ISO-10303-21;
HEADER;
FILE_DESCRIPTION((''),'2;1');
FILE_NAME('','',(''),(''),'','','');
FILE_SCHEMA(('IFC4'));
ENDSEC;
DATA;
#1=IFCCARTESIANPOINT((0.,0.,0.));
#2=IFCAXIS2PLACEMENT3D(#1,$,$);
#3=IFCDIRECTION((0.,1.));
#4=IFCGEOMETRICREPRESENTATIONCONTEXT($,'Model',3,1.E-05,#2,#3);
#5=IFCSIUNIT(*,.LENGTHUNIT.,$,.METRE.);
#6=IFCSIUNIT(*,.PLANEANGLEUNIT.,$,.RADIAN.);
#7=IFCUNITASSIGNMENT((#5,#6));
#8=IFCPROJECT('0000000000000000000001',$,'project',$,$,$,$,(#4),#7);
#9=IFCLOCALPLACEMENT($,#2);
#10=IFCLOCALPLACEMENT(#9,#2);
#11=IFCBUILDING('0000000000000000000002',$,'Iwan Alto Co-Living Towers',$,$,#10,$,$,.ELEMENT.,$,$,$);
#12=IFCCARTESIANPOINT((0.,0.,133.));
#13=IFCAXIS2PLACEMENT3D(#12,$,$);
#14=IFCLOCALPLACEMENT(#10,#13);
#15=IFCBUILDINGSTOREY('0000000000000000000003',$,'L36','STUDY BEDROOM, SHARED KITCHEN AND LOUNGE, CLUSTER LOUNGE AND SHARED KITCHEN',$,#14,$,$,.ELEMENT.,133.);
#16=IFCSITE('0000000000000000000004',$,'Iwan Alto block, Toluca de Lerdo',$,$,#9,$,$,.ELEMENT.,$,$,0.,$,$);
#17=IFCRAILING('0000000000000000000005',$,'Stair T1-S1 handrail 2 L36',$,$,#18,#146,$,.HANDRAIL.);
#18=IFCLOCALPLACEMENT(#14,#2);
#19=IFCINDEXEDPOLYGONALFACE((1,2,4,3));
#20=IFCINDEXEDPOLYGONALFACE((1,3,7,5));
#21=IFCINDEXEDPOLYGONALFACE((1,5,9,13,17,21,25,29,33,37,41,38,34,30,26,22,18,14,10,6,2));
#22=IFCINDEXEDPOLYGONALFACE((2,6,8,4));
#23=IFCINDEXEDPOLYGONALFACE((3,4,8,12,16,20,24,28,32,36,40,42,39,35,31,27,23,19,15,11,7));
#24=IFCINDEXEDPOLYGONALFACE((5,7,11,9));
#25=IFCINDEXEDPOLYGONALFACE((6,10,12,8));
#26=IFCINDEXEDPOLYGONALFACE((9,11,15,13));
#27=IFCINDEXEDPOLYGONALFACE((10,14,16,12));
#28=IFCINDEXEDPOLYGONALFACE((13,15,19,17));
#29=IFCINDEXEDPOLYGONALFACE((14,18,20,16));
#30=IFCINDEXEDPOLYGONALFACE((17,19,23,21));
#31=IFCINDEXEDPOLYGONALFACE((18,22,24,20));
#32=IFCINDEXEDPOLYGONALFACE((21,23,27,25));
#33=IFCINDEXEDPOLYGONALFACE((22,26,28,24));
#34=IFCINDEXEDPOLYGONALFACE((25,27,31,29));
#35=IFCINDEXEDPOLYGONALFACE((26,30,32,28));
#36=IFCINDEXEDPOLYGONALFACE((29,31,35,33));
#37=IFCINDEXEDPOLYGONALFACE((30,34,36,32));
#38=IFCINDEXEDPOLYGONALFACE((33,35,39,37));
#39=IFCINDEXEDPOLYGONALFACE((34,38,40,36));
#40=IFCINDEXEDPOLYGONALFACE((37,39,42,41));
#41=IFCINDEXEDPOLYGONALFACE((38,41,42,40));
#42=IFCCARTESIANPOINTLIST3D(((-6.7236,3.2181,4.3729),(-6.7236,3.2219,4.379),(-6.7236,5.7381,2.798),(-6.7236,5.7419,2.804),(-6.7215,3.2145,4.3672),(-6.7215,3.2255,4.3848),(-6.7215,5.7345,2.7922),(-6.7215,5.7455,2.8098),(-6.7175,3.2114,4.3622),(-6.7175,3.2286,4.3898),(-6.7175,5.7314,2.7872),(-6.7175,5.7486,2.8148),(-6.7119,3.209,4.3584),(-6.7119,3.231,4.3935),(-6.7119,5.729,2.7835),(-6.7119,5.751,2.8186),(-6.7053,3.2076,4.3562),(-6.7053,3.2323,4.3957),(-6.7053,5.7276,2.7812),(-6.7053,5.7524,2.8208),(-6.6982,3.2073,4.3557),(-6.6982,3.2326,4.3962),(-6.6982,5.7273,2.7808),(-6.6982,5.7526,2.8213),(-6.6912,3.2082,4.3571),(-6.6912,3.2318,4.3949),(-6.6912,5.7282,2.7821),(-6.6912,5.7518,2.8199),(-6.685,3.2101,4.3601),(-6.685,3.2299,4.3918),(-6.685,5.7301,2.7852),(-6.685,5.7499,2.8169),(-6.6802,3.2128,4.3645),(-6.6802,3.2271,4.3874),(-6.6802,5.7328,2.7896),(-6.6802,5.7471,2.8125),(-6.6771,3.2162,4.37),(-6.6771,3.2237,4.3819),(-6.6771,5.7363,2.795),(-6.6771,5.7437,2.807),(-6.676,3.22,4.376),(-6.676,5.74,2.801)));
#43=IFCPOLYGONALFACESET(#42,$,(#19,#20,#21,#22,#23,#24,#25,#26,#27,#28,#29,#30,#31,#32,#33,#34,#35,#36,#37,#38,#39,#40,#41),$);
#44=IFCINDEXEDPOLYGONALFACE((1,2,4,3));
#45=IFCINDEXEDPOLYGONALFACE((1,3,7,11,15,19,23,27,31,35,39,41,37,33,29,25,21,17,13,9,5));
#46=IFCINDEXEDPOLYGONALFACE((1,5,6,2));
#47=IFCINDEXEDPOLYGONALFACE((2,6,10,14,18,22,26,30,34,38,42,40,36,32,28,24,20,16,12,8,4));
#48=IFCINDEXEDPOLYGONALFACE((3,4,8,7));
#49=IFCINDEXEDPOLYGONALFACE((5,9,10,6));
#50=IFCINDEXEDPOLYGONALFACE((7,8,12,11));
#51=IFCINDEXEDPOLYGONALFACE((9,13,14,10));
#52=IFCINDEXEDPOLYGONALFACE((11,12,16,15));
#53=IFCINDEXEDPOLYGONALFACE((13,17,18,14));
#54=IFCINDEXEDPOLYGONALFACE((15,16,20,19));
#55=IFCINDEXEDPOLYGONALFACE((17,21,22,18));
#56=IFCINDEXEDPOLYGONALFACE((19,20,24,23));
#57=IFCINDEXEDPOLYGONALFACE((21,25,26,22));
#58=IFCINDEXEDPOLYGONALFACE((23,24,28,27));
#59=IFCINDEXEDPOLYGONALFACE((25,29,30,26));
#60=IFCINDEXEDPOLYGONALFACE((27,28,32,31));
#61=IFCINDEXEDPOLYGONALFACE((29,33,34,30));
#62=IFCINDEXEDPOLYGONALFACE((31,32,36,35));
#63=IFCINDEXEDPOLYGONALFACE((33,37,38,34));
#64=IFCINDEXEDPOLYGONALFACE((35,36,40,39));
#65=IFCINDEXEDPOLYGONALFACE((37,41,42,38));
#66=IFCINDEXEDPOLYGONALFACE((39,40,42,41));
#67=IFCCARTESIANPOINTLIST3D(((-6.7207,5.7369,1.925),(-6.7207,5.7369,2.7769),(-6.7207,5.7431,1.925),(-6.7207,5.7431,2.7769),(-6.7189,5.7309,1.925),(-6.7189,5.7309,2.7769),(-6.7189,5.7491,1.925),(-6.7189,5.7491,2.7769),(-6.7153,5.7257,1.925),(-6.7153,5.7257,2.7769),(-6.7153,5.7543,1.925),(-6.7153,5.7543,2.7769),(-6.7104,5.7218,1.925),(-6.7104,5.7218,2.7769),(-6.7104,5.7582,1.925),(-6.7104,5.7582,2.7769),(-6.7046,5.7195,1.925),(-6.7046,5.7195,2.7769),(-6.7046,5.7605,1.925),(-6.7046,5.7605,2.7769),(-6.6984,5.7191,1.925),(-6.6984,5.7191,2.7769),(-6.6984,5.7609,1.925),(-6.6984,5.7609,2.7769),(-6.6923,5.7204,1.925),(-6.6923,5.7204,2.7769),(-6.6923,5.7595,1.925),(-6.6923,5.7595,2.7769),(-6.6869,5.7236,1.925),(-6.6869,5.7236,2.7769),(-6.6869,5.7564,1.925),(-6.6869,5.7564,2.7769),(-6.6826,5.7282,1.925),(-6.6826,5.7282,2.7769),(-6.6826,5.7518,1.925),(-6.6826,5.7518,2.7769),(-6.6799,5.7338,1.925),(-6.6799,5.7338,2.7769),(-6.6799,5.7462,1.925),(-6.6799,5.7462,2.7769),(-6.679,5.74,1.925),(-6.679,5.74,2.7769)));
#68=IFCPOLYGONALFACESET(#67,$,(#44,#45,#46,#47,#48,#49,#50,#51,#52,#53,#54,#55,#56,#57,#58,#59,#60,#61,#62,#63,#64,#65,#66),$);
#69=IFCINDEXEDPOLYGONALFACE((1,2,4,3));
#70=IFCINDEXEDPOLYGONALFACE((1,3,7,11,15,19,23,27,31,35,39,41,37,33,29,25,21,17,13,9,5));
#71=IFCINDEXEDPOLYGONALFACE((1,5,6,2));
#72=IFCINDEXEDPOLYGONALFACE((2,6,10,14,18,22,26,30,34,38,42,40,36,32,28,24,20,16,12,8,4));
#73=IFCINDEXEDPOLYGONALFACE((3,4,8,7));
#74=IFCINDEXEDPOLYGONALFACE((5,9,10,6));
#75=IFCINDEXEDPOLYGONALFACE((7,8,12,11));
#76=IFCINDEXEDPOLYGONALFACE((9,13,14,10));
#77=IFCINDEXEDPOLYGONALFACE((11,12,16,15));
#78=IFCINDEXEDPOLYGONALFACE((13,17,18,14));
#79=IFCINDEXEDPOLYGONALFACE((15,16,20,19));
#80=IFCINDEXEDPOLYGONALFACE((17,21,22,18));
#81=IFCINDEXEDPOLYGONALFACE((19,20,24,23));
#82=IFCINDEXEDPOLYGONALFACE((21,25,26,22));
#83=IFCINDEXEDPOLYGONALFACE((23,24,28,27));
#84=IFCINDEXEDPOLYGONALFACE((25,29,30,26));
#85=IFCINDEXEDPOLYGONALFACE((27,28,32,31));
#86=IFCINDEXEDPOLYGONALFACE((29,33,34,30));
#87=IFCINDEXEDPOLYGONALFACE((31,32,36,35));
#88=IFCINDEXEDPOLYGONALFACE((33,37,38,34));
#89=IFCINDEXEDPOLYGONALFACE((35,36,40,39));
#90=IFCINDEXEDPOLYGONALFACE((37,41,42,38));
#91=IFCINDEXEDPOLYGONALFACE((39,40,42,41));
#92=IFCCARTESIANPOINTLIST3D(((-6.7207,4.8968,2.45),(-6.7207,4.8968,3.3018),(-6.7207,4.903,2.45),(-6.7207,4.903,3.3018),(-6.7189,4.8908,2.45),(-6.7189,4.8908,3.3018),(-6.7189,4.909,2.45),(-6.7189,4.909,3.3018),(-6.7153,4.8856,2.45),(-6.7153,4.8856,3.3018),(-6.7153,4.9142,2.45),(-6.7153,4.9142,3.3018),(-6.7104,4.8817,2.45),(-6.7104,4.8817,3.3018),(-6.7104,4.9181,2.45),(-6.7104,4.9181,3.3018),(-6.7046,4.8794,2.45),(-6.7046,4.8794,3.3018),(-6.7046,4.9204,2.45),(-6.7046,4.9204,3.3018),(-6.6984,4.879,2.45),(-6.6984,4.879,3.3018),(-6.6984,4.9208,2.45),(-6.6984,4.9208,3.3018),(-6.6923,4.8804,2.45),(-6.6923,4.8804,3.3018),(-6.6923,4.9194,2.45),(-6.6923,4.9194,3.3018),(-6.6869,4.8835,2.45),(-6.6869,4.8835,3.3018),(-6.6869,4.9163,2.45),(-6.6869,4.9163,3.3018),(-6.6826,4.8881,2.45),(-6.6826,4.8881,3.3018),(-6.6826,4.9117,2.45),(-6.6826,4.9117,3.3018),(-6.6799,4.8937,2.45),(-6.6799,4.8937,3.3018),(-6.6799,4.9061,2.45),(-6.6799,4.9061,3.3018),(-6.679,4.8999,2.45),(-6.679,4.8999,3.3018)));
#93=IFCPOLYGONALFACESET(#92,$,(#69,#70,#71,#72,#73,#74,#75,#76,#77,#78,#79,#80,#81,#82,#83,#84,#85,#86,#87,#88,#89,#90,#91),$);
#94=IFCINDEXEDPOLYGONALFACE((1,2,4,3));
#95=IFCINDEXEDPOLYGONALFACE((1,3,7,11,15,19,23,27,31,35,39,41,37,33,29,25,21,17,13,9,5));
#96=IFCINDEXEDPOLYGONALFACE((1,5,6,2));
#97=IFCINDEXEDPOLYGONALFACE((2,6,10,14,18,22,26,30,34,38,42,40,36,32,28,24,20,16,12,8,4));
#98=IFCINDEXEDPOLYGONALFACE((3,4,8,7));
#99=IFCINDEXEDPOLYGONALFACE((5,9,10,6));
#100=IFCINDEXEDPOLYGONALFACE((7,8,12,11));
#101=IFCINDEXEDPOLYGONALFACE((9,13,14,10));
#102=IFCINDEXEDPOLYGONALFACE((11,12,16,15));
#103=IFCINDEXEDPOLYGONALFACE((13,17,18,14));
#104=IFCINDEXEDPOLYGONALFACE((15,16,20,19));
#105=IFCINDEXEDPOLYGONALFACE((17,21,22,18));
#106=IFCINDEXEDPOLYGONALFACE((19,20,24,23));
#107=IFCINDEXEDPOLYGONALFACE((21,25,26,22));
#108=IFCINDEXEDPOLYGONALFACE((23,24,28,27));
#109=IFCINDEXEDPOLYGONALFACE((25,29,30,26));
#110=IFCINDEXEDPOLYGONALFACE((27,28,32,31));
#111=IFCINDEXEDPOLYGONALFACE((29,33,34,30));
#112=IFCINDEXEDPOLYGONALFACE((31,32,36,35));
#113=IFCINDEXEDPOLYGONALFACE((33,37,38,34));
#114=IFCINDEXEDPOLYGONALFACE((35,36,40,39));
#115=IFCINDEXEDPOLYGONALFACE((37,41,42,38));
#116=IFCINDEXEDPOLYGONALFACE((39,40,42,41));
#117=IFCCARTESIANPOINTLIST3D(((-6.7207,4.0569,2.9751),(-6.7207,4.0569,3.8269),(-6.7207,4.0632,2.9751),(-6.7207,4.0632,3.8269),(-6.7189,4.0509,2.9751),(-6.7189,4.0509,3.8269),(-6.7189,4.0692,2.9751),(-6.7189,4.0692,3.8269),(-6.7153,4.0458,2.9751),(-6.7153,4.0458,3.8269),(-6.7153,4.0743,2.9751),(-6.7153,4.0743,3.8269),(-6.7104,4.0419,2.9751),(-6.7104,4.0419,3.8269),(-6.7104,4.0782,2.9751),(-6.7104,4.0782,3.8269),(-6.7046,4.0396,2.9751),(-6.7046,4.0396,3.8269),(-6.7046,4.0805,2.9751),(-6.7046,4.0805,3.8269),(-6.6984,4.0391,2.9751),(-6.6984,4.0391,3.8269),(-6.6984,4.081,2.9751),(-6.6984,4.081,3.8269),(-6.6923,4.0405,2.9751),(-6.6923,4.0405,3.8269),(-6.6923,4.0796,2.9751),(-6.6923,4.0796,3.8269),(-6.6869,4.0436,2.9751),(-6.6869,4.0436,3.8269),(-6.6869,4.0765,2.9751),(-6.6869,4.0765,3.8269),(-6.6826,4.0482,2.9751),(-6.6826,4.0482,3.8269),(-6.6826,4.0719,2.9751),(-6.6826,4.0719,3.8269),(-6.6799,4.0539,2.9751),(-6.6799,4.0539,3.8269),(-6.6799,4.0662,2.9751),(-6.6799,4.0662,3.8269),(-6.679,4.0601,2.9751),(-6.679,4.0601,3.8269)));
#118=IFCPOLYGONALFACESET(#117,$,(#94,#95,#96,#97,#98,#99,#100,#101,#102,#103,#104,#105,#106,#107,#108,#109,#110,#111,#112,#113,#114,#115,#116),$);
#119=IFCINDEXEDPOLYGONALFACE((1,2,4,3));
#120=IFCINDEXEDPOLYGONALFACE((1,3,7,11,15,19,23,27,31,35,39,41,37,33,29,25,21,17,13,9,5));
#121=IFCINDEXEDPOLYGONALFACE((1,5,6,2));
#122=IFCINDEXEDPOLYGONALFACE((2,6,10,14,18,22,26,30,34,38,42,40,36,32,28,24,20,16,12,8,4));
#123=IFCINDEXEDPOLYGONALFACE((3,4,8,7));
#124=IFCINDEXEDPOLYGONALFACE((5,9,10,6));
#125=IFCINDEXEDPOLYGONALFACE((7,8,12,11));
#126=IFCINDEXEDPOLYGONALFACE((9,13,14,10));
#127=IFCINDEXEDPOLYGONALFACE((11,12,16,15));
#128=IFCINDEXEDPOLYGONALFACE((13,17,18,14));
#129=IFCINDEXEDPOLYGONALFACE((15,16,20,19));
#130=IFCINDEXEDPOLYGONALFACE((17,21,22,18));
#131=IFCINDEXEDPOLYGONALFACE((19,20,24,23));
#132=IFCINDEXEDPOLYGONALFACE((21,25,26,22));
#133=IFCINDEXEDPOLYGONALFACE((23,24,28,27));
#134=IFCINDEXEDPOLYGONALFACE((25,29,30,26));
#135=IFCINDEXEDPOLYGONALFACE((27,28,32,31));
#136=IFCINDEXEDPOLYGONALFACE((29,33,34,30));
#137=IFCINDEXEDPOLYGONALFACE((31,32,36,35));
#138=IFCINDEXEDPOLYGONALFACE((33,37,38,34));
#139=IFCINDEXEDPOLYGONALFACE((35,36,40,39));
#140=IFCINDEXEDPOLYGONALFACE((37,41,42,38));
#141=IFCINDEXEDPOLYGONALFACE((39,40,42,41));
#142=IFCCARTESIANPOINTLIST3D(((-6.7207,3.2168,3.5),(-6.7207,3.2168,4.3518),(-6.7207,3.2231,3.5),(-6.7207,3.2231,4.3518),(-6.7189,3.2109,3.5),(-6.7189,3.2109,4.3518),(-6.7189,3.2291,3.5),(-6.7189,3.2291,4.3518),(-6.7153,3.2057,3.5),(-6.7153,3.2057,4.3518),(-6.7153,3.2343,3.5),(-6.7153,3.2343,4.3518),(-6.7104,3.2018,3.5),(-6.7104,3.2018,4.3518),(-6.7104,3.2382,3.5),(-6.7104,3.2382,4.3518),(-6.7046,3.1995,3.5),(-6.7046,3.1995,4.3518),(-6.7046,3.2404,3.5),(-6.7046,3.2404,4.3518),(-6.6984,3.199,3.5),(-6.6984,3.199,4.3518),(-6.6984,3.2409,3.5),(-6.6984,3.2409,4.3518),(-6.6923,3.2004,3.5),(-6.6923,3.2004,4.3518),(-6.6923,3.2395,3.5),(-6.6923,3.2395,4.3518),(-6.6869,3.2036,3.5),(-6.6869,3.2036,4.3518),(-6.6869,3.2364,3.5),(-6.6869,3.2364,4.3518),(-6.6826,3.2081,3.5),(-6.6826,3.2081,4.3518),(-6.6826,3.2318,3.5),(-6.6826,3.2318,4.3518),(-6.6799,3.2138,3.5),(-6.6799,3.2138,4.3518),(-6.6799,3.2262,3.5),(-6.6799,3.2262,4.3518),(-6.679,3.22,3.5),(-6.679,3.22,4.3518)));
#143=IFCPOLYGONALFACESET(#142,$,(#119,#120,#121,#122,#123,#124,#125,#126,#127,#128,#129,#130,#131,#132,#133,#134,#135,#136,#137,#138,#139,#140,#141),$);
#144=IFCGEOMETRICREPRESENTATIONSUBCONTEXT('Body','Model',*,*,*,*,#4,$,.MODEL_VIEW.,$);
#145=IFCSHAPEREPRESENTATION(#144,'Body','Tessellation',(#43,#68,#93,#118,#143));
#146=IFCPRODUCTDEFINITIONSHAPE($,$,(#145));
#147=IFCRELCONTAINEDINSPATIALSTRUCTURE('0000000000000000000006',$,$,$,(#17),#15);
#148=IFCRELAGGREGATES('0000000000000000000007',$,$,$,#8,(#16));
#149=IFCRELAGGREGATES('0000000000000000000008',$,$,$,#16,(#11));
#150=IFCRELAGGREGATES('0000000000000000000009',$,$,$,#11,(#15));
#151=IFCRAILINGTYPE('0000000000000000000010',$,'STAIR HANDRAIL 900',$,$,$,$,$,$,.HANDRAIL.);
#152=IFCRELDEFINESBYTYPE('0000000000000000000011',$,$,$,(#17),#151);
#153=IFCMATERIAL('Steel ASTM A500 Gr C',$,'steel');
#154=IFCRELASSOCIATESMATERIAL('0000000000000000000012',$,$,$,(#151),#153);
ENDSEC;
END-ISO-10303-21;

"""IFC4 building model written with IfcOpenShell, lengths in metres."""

from ifc_helpers import new_model, si_unit, direction, frame, origin, origin_2d, place, context, subcontext, project, spatial, circle, extrude, material, type_object, element, save


model = new_model("IFC4")

# Units and contexts
model_context = context("Model", 3, precision=1e-05, world=origin(), true_north=direction((0.0, 1.0)))
body_context = subcontext(model_context, "Body", "Model", "MODEL_VIEW")
ifc_project = project(units=[si_unit("LENGTHUNIT", "METRE"), si_unit("PLANEANGLEUNIT", "RADIAN")], contexts=[model_context])

# Site, building, storey
site_placement = place(None, origin())
site = spatial("IfcSite", under=ifc_project, at=site_placement, Name="Iwan Alto block, Toluca de Lerdo", CompositionType="ELEMENT", RefElevation=0.0)
building_placement = place(site_placement, origin())
building = spatial("IfcBuilding", under=site, at=building_placement, Name="Iwan Alto Co-Living Towers", CompositionType="ELEMENT")
storey_placement = place(building_placement, frame((0.0, 0.0, 133.0)))
storey = spatial("IfcBuildingStorey", under=building, at=storey_placement, Name="L36", Description="STUDY BEDROOM, SHARED KITCHEN AND LOUNGE, CLUSTER LOUNGE AND SHARED KITCHEN", CompositionType="ELEMENT", Elevation=133.0)

# Railing
ifc_material_1 = material(Name="Steel ASTM A500 Gr C", Category="steel")
railing_type_1 = type_object("IfcRailingType", Name="STAIR HANDRAIL 900", PredefinedType="HANDRAIL", material=ifc_material_1)
railing_1_placement = place(storey_placement, frame((-6.7, 5.74, 1.925)))
element("IfcRailing", 1, at=railing_1_placement, inside=storey, type_object=railing_type_1, Name="Stair T1-S1 handrail 2 L36", PredefinedType="HANDRAIL", context=body_context, shape_type="SweptSolid", body=[
    extrude(circle(Radius=0.0239, at=origin_2d()), frame((0.0, 0.0, 0.876), z_axis=(0.0, -0.848008, 0.529984), x_axis=(1.0, 0.0, 0.0)), (0.0, 0.0, 1.0), 2.9717),
    extrude(circle(Radius=0.021, at=origin_2d()), origin(), (0.0, 0.0, 1.0), 0.8518),
    extrude(circle(Radius=0.021, at=origin_2d()), frame((0.0, -0.8401, 0.5249)), (0.0, 0.0, 1.0), 0.8518),
    extrude(circle(Radius=0.021, at=origin_2d()), frame((0.0, -1.6799, 1.05)), (0.0, 0.0, 1.0), 0.8518),
    extrude(circle(Radius=0.021, at=origin_2d()), frame((0.0, -2.52, 1.575)), (0.0, 0.0, 1.0), 0.8518),
])

save(model, "model.ifc")
